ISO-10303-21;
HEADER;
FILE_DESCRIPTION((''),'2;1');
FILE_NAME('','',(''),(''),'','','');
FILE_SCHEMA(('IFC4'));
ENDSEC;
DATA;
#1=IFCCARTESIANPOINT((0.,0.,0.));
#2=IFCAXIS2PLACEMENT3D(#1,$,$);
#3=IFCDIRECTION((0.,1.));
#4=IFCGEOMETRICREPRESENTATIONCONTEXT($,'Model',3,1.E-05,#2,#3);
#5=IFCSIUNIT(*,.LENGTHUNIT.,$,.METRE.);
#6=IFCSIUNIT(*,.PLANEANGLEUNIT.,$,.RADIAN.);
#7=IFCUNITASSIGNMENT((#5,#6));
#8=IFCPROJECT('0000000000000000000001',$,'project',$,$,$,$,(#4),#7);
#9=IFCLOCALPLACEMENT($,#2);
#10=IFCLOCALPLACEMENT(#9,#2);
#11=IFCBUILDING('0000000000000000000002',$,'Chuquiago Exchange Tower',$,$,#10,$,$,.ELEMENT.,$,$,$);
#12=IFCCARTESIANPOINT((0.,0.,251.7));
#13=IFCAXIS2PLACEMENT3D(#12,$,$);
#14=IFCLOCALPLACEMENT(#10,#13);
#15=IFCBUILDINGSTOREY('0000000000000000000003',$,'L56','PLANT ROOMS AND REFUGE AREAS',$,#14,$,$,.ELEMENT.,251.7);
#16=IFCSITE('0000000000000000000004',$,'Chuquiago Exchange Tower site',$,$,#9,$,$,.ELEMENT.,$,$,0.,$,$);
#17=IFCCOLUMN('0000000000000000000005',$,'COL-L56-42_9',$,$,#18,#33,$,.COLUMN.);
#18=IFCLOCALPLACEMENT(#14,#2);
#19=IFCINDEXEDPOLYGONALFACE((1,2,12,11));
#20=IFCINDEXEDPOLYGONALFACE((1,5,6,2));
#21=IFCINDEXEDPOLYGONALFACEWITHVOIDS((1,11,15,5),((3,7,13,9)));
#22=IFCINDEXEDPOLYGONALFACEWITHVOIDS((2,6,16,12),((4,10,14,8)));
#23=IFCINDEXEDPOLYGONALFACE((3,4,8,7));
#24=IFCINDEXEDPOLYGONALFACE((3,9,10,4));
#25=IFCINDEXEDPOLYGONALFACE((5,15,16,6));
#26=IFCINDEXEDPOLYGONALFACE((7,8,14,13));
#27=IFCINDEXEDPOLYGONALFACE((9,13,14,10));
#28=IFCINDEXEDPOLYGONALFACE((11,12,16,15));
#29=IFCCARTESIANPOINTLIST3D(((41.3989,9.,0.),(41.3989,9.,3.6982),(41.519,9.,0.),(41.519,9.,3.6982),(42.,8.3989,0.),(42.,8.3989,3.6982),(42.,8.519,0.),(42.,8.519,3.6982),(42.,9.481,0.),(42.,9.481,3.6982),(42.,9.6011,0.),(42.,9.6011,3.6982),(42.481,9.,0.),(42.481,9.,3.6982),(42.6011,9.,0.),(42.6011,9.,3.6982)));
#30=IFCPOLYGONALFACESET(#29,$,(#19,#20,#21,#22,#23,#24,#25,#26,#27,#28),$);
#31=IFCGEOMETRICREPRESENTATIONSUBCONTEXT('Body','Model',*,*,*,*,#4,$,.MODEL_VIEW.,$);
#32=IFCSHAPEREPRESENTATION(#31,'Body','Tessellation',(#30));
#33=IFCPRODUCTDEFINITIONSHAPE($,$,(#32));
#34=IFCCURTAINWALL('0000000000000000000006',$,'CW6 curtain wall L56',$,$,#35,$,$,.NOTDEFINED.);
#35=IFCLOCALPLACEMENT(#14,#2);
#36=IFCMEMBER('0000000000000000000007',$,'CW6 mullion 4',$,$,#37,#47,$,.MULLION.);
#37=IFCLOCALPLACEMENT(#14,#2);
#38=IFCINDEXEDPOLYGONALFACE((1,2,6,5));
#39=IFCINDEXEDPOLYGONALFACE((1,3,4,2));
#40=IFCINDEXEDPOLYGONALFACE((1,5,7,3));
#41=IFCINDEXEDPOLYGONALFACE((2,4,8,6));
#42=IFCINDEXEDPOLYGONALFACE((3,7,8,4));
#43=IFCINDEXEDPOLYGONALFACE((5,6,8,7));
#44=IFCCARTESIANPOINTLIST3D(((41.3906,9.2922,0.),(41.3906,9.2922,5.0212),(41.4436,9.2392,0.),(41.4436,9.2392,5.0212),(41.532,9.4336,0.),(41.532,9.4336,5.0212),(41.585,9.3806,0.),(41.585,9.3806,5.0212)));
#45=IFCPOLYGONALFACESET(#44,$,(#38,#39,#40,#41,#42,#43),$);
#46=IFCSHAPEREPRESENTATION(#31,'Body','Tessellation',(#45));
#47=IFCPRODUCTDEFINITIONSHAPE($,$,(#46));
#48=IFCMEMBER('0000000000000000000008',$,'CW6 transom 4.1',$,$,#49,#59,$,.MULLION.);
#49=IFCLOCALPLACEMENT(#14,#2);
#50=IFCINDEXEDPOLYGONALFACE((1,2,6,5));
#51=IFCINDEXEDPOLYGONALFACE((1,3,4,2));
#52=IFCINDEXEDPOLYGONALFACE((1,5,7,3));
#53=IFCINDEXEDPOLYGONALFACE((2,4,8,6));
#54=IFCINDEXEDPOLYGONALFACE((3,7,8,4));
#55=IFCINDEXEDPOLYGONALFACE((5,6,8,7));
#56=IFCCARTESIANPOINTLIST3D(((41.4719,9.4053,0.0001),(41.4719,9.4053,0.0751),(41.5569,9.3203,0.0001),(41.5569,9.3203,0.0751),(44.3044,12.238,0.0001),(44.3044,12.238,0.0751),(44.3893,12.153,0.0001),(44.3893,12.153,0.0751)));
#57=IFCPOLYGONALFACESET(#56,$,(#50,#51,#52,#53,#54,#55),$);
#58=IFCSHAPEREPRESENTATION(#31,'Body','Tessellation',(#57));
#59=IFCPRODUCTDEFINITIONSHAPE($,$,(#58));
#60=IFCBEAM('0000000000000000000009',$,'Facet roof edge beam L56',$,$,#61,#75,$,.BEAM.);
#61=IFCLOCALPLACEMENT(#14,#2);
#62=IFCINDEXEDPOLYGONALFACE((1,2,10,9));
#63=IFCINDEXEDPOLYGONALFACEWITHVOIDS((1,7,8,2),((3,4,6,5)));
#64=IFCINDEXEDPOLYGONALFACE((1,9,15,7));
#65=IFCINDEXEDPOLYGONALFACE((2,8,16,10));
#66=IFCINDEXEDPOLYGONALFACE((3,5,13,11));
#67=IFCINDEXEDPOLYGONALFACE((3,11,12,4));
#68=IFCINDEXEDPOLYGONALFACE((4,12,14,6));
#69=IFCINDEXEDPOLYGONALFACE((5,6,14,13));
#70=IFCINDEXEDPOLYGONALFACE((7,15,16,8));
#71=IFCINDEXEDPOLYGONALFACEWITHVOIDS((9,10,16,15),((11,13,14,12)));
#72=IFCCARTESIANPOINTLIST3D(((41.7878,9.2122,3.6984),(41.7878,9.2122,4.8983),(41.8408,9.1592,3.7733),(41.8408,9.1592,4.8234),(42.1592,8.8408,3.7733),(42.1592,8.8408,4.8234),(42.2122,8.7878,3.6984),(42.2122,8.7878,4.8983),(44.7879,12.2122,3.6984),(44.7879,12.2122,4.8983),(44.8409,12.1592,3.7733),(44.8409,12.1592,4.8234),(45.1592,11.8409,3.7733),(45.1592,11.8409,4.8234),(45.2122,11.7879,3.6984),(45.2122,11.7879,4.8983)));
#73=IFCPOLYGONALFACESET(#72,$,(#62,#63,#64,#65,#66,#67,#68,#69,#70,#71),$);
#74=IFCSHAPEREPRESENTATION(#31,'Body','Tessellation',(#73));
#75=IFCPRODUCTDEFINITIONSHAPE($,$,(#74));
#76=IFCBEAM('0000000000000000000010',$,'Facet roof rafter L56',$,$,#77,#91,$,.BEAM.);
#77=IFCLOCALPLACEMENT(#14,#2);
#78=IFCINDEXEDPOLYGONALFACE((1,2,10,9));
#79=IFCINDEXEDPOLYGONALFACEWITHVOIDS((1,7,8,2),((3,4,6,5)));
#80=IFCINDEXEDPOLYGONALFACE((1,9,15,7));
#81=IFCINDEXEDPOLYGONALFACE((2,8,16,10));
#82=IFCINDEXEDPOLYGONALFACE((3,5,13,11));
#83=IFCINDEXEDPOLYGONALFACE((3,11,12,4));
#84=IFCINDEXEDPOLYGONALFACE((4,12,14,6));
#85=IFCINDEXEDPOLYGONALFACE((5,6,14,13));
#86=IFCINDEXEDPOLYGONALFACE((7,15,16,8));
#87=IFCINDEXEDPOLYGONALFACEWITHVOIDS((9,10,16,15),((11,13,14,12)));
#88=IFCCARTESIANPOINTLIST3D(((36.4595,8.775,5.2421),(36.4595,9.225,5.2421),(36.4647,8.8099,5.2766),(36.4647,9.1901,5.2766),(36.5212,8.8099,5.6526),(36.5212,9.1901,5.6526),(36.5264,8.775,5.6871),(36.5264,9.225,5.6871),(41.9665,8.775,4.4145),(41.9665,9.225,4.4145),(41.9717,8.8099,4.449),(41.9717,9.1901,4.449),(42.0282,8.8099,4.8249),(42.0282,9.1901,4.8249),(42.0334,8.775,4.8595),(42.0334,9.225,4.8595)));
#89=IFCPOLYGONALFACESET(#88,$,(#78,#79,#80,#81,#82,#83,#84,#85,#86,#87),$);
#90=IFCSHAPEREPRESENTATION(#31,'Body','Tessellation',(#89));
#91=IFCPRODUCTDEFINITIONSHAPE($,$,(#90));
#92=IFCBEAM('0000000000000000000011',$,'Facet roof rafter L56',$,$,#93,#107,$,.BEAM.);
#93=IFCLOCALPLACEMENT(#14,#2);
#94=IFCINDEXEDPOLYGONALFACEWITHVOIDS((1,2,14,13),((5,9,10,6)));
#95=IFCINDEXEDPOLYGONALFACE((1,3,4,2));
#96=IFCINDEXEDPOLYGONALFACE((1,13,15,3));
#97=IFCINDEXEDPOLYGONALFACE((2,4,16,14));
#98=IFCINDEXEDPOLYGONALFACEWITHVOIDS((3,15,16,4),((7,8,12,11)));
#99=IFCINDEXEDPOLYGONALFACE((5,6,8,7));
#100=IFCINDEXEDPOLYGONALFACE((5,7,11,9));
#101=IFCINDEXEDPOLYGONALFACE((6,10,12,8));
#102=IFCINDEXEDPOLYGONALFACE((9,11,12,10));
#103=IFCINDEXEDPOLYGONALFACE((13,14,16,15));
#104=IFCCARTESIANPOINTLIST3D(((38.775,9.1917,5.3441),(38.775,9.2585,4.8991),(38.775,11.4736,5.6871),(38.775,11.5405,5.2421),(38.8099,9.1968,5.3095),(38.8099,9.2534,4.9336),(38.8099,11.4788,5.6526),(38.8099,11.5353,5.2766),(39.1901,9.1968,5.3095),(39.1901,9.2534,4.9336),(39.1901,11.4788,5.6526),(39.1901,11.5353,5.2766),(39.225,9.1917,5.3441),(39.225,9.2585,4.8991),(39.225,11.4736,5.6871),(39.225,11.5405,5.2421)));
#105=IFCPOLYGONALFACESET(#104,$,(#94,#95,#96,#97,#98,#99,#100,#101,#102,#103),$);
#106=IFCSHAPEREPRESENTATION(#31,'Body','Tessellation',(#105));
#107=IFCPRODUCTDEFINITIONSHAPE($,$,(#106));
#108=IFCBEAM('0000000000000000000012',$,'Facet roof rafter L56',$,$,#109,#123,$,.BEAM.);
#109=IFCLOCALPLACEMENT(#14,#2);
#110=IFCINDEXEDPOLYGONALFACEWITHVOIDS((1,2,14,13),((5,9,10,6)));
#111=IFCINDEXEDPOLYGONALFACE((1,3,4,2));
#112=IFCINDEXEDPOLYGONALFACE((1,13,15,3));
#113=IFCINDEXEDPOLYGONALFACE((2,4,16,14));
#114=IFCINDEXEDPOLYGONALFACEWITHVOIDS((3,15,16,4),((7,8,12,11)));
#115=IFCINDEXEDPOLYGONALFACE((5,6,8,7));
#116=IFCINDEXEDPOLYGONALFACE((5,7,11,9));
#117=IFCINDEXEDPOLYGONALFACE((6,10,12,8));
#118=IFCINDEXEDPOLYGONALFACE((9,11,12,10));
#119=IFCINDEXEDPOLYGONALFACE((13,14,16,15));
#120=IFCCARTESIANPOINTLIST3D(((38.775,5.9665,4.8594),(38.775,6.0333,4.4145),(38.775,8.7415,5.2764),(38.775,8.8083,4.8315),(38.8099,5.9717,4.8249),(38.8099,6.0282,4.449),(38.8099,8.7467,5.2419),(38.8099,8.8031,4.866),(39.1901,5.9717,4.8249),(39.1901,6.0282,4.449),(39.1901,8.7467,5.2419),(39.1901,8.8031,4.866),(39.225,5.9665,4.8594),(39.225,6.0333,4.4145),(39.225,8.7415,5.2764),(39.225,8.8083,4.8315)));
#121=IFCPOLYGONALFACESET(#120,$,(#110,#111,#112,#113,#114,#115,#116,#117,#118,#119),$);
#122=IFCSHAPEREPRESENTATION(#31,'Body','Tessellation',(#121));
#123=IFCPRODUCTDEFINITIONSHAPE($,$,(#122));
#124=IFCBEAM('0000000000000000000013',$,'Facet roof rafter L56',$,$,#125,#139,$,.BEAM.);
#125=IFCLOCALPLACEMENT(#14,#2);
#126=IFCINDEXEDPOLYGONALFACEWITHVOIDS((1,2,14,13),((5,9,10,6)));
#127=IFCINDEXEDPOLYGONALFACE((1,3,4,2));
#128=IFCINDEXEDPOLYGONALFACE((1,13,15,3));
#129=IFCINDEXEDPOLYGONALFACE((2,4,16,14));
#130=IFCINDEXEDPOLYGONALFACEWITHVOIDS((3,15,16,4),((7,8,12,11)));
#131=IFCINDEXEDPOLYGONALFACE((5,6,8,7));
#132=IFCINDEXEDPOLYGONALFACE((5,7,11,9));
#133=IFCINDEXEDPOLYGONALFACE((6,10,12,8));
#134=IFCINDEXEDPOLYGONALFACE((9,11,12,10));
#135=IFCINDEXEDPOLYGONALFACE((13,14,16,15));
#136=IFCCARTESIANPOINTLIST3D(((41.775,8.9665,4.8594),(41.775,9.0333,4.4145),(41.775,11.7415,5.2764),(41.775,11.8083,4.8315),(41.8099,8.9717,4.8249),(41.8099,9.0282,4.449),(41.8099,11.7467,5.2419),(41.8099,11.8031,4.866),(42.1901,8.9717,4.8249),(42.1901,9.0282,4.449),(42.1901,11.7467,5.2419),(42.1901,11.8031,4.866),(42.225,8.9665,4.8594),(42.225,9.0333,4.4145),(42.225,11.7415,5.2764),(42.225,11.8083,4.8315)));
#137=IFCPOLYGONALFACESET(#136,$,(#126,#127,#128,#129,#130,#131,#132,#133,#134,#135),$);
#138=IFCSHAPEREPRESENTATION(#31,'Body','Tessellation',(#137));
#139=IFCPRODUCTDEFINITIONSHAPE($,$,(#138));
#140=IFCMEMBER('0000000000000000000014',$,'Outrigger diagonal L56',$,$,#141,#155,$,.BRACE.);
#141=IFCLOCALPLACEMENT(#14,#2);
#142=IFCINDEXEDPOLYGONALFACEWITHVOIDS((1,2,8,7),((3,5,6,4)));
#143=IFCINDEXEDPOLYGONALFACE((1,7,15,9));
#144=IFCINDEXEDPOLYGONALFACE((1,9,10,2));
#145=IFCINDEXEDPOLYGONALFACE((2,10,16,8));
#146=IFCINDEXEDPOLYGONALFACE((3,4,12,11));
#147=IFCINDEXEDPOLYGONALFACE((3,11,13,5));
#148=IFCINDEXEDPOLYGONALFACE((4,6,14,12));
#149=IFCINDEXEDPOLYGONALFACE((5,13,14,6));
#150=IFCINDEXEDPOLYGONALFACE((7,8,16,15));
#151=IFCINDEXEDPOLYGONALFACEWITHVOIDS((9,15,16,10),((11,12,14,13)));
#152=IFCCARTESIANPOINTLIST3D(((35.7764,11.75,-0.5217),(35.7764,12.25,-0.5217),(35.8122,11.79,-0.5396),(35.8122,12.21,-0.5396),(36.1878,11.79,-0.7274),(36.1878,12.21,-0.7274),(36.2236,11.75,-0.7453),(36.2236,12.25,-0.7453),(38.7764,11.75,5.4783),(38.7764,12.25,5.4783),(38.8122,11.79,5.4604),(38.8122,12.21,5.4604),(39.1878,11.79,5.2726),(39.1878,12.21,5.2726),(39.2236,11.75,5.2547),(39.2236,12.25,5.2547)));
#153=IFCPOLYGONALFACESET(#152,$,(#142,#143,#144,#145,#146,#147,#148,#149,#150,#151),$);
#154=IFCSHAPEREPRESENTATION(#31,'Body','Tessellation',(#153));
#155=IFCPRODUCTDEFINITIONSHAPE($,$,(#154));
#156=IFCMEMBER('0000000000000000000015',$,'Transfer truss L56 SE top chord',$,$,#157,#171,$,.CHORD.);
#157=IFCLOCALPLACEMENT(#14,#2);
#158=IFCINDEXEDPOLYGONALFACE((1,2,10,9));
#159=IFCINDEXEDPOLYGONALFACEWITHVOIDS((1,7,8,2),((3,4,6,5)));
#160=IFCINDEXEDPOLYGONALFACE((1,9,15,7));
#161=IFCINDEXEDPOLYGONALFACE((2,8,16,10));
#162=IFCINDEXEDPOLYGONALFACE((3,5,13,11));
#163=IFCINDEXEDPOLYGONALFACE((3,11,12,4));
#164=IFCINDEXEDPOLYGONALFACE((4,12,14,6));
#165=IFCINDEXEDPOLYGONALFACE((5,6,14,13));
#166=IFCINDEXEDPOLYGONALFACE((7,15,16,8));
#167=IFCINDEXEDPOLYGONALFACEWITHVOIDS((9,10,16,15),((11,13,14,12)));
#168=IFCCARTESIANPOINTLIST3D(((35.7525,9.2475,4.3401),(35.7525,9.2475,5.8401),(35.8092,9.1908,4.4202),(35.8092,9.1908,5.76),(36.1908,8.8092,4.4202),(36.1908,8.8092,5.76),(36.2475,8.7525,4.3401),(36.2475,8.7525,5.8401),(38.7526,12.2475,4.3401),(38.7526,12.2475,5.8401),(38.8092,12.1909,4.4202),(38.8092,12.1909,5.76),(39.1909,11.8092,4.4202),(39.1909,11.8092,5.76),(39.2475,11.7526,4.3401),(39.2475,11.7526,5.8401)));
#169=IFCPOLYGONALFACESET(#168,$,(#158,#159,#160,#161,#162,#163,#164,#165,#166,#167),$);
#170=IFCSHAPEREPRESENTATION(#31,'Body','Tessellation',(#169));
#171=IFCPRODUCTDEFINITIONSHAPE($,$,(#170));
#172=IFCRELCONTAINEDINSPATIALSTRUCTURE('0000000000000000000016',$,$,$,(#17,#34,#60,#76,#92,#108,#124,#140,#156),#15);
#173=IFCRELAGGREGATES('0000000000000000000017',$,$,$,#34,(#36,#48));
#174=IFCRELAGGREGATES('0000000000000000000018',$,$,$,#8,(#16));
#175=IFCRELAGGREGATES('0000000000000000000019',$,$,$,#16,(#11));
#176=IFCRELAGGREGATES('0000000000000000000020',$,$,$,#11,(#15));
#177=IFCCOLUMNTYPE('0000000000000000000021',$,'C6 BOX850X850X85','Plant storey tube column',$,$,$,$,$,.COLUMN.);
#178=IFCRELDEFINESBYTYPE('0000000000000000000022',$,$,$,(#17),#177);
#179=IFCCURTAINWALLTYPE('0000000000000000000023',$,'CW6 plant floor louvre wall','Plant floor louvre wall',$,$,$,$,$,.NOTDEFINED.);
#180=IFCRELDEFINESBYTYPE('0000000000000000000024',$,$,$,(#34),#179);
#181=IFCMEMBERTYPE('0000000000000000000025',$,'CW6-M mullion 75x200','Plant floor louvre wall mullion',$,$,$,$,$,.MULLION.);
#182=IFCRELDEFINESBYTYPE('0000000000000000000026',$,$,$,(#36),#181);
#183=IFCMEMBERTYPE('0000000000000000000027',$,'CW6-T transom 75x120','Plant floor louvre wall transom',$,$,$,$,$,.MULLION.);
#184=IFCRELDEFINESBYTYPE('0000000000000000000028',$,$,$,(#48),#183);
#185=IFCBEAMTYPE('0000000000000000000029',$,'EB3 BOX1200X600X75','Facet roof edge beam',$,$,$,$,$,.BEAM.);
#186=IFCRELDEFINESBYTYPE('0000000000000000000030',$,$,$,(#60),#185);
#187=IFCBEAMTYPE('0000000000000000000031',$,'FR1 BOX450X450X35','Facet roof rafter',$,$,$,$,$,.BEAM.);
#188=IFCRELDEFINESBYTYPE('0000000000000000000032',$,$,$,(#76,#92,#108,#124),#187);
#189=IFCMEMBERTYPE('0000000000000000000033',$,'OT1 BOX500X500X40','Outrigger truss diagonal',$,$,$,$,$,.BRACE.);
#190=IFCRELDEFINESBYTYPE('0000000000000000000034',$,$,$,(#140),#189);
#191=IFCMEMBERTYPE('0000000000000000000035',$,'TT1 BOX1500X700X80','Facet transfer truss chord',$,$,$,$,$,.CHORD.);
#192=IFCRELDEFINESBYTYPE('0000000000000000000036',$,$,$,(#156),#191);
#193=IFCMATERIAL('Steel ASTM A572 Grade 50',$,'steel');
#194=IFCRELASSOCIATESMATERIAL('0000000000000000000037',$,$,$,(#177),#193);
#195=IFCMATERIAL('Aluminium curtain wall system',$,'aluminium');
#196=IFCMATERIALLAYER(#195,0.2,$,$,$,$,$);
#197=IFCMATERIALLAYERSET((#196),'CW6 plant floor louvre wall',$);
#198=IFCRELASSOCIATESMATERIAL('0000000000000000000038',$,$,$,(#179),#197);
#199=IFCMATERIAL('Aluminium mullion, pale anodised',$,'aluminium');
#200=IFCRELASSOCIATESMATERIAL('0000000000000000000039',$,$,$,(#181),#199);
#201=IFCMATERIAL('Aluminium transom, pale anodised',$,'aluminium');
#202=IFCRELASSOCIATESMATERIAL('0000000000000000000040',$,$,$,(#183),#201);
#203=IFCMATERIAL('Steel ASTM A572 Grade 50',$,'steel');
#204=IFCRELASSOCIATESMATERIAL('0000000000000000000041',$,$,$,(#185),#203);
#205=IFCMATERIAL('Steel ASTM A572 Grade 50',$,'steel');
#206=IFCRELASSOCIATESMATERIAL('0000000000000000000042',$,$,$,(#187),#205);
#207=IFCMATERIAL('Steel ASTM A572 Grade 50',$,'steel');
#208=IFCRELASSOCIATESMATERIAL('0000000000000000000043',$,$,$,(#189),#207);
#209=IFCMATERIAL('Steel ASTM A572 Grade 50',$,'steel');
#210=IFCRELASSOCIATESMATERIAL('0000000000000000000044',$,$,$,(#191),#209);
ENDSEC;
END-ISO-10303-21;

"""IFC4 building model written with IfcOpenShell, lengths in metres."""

from ifc_helpers import new_model, si_unit, direction, frame, origin, origin_2d, place, context, subcontext, project, spatial, rectangle, hollow_rectangle, extrude, material, layer, layer_set, material_profile, profile_set, type_object, element, aggregate, save


model = new_model("IFC4")

# Units and contexts
model_context = context("Model", 3, precision=1e-05, world=origin(), true_north=direction((0.0, 1.0)))
body_context = subcontext(model_context, "Body", "Model", "MODEL_VIEW")
ifc_project = project(units=[si_unit("LENGTHUNIT", "METRE"), si_unit("PLANEANGLEUNIT", "RADIAN")], contexts=[model_context])

# Site, building, storey
site_placement = place(None, origin())
site = spatial("IfcSite", under=ifc_project, at=site_placement, Name="Chuquiago Exchange Tower site", CompositionType="ELEMENT", RefElevation=0.0)
building_placement = place(site_placement, origin())
building = spatial("IfcBuilding", under=site, at=building_placement, Name="Chuquiago Exchange Tower", CompositionType="ELEMENT")
storey_placement = place(building_placement, frame((0.0, 0.0, 251.7)))
storey = spatial("IfcBuildingStorey", under=building, at=storey_placement, Name="L56", Description="PLANT ROOMS AND REFUGE AREAS", CompositionType="ELEMENT", Elevation=251.7)

# Column
ifc_material_1 = material(Name="Steel ASTM A572 Grade 50", Category="steel")
ifc_material_profile_1 = material_profile(ifc_material_1, hollow_rectangle(XDim=0.8501, YDim=0.8501, WallThickness=0.085, at=origin_2d()), Name="BOX850X850X85")
ifc_profile_set_1 = profile_set([ifc_material_profile_1], Name="Steel ASTM A572 Grade 50")
column_type = type_object("IfcColumnType", Name="C6 BOX850X850X85", Description="Plant storey tube column", PredefinedType="COLUMN", material=ifc_profile_set_1)
column_placement = place(storey_placement, frame((42.0, 9.0, 0.0), z_axis=(0.0, 0.0, 1.0), x_axis=(0.707107, -0.707107, 0.0)))
element("IfcColumn", 1, at=column_placement, inside=storey, type_object=column_type, Name="COL-L56-42_9", PredefinedType="COLUMN", context=body_context, shape_type="SweptSolid", body=[
    extrude(hollow_rectangle(XDim=0.8501, YDim=0.8501, WallThickness=0.085, at=origin_2d()), origin(), (0.0, 0.0, 1.0), 3.6982),
])

# Curtain wall, members
ifc_material_2 = material(Name="Aluminium curtain wall system", Category="aluminium")
ifc_layer_1 = layer(ifc_material_2, 0.2)
ifc_layer_set_1 = layer_set([ifc_layer_1], Name="CW6 plant floor louvre wall")
curtain_wall_type = type_object("IfcCurtainWallType", Name="CW6 plant floor louvre wall", Description="Plant floor louvre wall", PredefinedType="NOTDEFINED", material=ifc_layer_set_1)
curtain_wall_placement = place(storey_placement, origin())
curtain_wall = element("IfcCurtainWall", 2, at=curtain_wall_placement, inside=storey, type_object=curtain_wall_type, Name="CW6 curtain wall L56", PredefinedType="NOTDEFINED")
ifc_material_3 = material(Name="Aluminium mullion, pale anodised", Category="aluminium")
ifc_material_profile_2 = material_profile(ifc_material_3, rectangle(XDim=0.075, YDim=0.2, at=origin_2d()), Name="AL 75x200")
ifc_profile_set_2 = profile_set([ifc_material_profile_2], Name="Aluminium mullion, pale anodised")
member_type_1 = type_object("IfcMemberType", Name="CW6-M mullion 75x200", Description="Plant floor louvre wall mullion", PredefinedType="MULLION", material=ifc_profile_set_2)
member_1_placement = place(storey_placement, frame((41.4878, 9.3364, 0.0), z_axis=(0.0, 0.0, 1.0), x_axis=(-0.707107, 0.707107, 0.0)))
member_1 = element("IfcMember", 3, at=member_1_placement, type_object=member_type_1, Name="CW6 mullion 4", PredefinedType="MULLION", context=body_context, shape_type="SweptSolid", body=[
    extrude(rectangle(XDim=0.075, YDim=0.2, at=origin_2d()), origin(), (0.0, 0.0, 1.0), 5.0212),
])
ifc_material_4 = material(Name="Aluminium transom, pale anodised", Category="aluminium")
ifc_material_profile_3 = material_profile(ifc_material_4, rectangle(XDim=0.1201, YDim=0.075, at=origin_2d()), Name="AL 120x75")
ifc_profile_set_3 = profile_set([ifc_material_profile_3], Name="Aluminium transom, pale anodised")
member_type_2 = type_object("IfcMemberType", Name="CW6-T transom 75x120", Description="Plant floor louvre wall transom", PredefinedType="MULLION", material=ifc_profile_set_3)
member_2_placement = place(storey_placement, frame((41.5144, 9.3628, 0.0376), z_axis=(0.707076, 0.707137, 0.0), x_axis=(-0.707137, 0.707076, 0.0)))
member_2 = element("IfcMember", 4, at=member_2_placement, type_object=member_type_2, Name="CW6 transom 4.1", PredefinedType="MULLION", context=body_context, shape_type="SweptSolid", body=[
    extrude(rectangle(XDim=0.1201, YDim=0.075, at=origin_2d()), origin(), (0.0, 0.0, 1.0), 4.0059),
])

# Beams
ifc_material_5 = material(Name="Steel ASTM A572 Grade 50", Category="steel")
ifc_material_profile_4 = material_profile(ifc_material_5, hollow_rectangle(XDim=0.6001, YDim=1.2, WallThickness=0.075, at=origin_2d()), Name="BOX1200X600X75")
ifc_profile_set_4 = profile_set([ifc_material_profile_4], Name="Steel ASTM A572 Grade 50")
beam_type_1 = type_object("IfcBeamType", Name="EB3 BOX1200X600X75", Description="Facet roof edge beam", PredefinedType="BEAM", material=ifc_profile_set_4)
beam_1_placement = place(storey_placement, frame((42.0, 9.0, 4.2983), z_axis=(0.707107, 0.707107, 0.0), x_axis=(-0.707107, 0.707107, 0.0)))
element("IfcBeam", 5, at=beam_1_placement, inside=storey, type_object=beam_type_1, Name="Facet roof edge beam L56", PredefinedType="BEAM", context=body_context, shape_type="SweptSolid", body=[
    extrude(hollow_rectangle(XDim=0.6001, YDim=1.2, WallThickness=0.075, at=origin_2d()), origin(), (0.0, 0.0, 1.0), 4.2427),
])
ifc_material_6 = material(Name="Steel ASTM A572 Grade 50", Category="steel")
ifc_material_profile_5 = material_profile(ifc_material_6, hollow_rectangle(XDim=0.45, YDim=0.45, WallThickness=0.0349, at=origin_2d()), Name="BOX450X450X35")
ifc_profile_set_5 = profile_set([ifc_material_profile_5], Name="Steel ASTM A572 Grade 50")
beam_type_2 = type_object("IfcBeamType", Name="FR1 BOX450X450X35", Description="Facet roof rafter", PredefinedType="BEAM", material=ifc_profile_set_5)
beam_2_placement = place(storey_placement, frame((36.4929, 9.0, 5.4646), z_axis=(0.988895, 0.0, -0.148617), x_axis=(0.0, 1.0, 0.0)))
element("IfcBeam", 6, at=beam_2_placement, inside=storey, type_object=beam_type_2, Name="Facet roof rafter L56", PredefinedType="BEAM", context=body_context, shape_type="SweptSolid", body=[
    extrude(hollow_rectangle(XDim=0.45, YDim=0.45, WallThickness=0.0349, at=origin_2d()), origin(), (0.0, 0.0, 1.0), 5.5688),
])
beam_3_placement = place(storey_placement, frame((39.0, 11.5071, 5.4646), z_axis=(0.0, -0.988891, -0.148646), x_axis=(1.0, 0.0, 0.0)))
element("IfcBeam", 7, at=beam_3_placement, inside=storey, type_object=beam_type_2, Name="Facet roof rafter L56", PredefinedType="BEAM", context=body_context, shape_type="SweptSolid", body=[
    extrude(hollow_rectangle(XDim=0.45, YDim=0.45, WallThickness=0.0349, at=origin_2d()), origin(), (0.0, 0.0, 1.0), 2.3076),
])
for number, where, z_axis, x_axis, name in (
    (8, (39.0, 8.7749, 5.054), (0.0, -0.988897, -0.148604), (1.0, 0.0, 0.0), "Facet roof rafter L56"),
    (9, (42.0, 11.7749, 5.054), (0.0, -0.988897, -0.148604), (1.0, 0.0, 0.0), "Facet roof rafter L56"),
):
    element("IfcBeam", number, at=place(storey_placement, frame(where, z_axis=z_axis, x_axis=x_axis)), inside=storey, type_object=beam_type_2, Name=name, PredefinedType="BEAM", context=body_context, shape_type="SweptSolid", body=[
        extrude(hollow_rectangle(XDim=0.45, YDim=0.45, WallThickness=0.0349, at=origin_2d()), origin(), (0.0, 0.0, 1.0), 2.8062),
    ])

# Members
ifc_material_7 = material(Name="Steel ASTM A572 Grade 50", Category="steel")
ifc_material_profile_6 = material_profile(ifc_material_7, hollow_rectangle(XDim=0.5, YDim=0.5, WallThickness=0.04, at=origin_2d()), Name="BOX500X500X40")
ifc_profile_set_6 = profile_set([ifc_material_profile_6], Name="Steel ASTM A572 Grade 50")
member_type_3 = type_object("IfcMemberType", Name="OT1 BOX500X500X40", Description="Outrigger truss diagonal", PredefinedType="BRACE", material=ifc_profile_set_6)
member_3_placement = place(storey_placement, frame((36.0, 12.0, -0.6335), z_axis=(0.447214, 0.0, 0.894427), x_axis=(0.0, 1.0, 0.0)))
element("IfcMember", 10, at=member_3_placement, inside=storey, type_object=member_type_3, Name="Outrigger diagonal L56", PredefinedType="BRACE", context=body_context, shape_type="SweptSolid", body=[
    extrude(hollow_rectangle(XDim=0.5, YDim=0.5, WallThickness=0.04, at=origin_2d()), origin(), (0.0, 0.0, 1.0), 6.7083),
])
ifc_material_8 = material(Name="Steel ASTM A572 Grade 50", Category="steel")
ifc_material_profile_7 = material_profile(ifc_material_8, hollow_rectangle(XDim=0.7, YDim=1.5, WallThickness=0.0801, at=origin_2d()), Name="BOX1500X700X80")
ifc_profile_set_7 = profile_set([ifc_material_profile_7], Name="Steel ASTM A572 Grade 50")
member_type_4 = type_object("IfcMemberType", Name="TT1 BOX1500X700X80", Description="Facet transfer truss chord", PredefinedType="CHORD", material=ifc_profile_set_7)
member_4_placement = place(storey_placement, frame((36.0, 9.0, 5.0901), z_axis=(0.707107, 0.707107, 0.0), x_axis=(-0.707107, 0.707107, 0.0)))
element("IfcMember", 11, at=member_4_placement, inside=storey, type_object=member_type_4, Name="Transfer truss L56 SE top chord", PredefinedType="CHORD", context=body_context, shape_type="SweptSolid", body=[
    extrude(hollow_rectangle(XDim=0.7, YDim=1.5, WallThickness=0.0801, at=origin_2d()), origin(), (0.0, 0.0, 1.0), 4.2427),
])

aggregate(curtain_wall, [member_1, member_2])

save(model, "model.ifc")
